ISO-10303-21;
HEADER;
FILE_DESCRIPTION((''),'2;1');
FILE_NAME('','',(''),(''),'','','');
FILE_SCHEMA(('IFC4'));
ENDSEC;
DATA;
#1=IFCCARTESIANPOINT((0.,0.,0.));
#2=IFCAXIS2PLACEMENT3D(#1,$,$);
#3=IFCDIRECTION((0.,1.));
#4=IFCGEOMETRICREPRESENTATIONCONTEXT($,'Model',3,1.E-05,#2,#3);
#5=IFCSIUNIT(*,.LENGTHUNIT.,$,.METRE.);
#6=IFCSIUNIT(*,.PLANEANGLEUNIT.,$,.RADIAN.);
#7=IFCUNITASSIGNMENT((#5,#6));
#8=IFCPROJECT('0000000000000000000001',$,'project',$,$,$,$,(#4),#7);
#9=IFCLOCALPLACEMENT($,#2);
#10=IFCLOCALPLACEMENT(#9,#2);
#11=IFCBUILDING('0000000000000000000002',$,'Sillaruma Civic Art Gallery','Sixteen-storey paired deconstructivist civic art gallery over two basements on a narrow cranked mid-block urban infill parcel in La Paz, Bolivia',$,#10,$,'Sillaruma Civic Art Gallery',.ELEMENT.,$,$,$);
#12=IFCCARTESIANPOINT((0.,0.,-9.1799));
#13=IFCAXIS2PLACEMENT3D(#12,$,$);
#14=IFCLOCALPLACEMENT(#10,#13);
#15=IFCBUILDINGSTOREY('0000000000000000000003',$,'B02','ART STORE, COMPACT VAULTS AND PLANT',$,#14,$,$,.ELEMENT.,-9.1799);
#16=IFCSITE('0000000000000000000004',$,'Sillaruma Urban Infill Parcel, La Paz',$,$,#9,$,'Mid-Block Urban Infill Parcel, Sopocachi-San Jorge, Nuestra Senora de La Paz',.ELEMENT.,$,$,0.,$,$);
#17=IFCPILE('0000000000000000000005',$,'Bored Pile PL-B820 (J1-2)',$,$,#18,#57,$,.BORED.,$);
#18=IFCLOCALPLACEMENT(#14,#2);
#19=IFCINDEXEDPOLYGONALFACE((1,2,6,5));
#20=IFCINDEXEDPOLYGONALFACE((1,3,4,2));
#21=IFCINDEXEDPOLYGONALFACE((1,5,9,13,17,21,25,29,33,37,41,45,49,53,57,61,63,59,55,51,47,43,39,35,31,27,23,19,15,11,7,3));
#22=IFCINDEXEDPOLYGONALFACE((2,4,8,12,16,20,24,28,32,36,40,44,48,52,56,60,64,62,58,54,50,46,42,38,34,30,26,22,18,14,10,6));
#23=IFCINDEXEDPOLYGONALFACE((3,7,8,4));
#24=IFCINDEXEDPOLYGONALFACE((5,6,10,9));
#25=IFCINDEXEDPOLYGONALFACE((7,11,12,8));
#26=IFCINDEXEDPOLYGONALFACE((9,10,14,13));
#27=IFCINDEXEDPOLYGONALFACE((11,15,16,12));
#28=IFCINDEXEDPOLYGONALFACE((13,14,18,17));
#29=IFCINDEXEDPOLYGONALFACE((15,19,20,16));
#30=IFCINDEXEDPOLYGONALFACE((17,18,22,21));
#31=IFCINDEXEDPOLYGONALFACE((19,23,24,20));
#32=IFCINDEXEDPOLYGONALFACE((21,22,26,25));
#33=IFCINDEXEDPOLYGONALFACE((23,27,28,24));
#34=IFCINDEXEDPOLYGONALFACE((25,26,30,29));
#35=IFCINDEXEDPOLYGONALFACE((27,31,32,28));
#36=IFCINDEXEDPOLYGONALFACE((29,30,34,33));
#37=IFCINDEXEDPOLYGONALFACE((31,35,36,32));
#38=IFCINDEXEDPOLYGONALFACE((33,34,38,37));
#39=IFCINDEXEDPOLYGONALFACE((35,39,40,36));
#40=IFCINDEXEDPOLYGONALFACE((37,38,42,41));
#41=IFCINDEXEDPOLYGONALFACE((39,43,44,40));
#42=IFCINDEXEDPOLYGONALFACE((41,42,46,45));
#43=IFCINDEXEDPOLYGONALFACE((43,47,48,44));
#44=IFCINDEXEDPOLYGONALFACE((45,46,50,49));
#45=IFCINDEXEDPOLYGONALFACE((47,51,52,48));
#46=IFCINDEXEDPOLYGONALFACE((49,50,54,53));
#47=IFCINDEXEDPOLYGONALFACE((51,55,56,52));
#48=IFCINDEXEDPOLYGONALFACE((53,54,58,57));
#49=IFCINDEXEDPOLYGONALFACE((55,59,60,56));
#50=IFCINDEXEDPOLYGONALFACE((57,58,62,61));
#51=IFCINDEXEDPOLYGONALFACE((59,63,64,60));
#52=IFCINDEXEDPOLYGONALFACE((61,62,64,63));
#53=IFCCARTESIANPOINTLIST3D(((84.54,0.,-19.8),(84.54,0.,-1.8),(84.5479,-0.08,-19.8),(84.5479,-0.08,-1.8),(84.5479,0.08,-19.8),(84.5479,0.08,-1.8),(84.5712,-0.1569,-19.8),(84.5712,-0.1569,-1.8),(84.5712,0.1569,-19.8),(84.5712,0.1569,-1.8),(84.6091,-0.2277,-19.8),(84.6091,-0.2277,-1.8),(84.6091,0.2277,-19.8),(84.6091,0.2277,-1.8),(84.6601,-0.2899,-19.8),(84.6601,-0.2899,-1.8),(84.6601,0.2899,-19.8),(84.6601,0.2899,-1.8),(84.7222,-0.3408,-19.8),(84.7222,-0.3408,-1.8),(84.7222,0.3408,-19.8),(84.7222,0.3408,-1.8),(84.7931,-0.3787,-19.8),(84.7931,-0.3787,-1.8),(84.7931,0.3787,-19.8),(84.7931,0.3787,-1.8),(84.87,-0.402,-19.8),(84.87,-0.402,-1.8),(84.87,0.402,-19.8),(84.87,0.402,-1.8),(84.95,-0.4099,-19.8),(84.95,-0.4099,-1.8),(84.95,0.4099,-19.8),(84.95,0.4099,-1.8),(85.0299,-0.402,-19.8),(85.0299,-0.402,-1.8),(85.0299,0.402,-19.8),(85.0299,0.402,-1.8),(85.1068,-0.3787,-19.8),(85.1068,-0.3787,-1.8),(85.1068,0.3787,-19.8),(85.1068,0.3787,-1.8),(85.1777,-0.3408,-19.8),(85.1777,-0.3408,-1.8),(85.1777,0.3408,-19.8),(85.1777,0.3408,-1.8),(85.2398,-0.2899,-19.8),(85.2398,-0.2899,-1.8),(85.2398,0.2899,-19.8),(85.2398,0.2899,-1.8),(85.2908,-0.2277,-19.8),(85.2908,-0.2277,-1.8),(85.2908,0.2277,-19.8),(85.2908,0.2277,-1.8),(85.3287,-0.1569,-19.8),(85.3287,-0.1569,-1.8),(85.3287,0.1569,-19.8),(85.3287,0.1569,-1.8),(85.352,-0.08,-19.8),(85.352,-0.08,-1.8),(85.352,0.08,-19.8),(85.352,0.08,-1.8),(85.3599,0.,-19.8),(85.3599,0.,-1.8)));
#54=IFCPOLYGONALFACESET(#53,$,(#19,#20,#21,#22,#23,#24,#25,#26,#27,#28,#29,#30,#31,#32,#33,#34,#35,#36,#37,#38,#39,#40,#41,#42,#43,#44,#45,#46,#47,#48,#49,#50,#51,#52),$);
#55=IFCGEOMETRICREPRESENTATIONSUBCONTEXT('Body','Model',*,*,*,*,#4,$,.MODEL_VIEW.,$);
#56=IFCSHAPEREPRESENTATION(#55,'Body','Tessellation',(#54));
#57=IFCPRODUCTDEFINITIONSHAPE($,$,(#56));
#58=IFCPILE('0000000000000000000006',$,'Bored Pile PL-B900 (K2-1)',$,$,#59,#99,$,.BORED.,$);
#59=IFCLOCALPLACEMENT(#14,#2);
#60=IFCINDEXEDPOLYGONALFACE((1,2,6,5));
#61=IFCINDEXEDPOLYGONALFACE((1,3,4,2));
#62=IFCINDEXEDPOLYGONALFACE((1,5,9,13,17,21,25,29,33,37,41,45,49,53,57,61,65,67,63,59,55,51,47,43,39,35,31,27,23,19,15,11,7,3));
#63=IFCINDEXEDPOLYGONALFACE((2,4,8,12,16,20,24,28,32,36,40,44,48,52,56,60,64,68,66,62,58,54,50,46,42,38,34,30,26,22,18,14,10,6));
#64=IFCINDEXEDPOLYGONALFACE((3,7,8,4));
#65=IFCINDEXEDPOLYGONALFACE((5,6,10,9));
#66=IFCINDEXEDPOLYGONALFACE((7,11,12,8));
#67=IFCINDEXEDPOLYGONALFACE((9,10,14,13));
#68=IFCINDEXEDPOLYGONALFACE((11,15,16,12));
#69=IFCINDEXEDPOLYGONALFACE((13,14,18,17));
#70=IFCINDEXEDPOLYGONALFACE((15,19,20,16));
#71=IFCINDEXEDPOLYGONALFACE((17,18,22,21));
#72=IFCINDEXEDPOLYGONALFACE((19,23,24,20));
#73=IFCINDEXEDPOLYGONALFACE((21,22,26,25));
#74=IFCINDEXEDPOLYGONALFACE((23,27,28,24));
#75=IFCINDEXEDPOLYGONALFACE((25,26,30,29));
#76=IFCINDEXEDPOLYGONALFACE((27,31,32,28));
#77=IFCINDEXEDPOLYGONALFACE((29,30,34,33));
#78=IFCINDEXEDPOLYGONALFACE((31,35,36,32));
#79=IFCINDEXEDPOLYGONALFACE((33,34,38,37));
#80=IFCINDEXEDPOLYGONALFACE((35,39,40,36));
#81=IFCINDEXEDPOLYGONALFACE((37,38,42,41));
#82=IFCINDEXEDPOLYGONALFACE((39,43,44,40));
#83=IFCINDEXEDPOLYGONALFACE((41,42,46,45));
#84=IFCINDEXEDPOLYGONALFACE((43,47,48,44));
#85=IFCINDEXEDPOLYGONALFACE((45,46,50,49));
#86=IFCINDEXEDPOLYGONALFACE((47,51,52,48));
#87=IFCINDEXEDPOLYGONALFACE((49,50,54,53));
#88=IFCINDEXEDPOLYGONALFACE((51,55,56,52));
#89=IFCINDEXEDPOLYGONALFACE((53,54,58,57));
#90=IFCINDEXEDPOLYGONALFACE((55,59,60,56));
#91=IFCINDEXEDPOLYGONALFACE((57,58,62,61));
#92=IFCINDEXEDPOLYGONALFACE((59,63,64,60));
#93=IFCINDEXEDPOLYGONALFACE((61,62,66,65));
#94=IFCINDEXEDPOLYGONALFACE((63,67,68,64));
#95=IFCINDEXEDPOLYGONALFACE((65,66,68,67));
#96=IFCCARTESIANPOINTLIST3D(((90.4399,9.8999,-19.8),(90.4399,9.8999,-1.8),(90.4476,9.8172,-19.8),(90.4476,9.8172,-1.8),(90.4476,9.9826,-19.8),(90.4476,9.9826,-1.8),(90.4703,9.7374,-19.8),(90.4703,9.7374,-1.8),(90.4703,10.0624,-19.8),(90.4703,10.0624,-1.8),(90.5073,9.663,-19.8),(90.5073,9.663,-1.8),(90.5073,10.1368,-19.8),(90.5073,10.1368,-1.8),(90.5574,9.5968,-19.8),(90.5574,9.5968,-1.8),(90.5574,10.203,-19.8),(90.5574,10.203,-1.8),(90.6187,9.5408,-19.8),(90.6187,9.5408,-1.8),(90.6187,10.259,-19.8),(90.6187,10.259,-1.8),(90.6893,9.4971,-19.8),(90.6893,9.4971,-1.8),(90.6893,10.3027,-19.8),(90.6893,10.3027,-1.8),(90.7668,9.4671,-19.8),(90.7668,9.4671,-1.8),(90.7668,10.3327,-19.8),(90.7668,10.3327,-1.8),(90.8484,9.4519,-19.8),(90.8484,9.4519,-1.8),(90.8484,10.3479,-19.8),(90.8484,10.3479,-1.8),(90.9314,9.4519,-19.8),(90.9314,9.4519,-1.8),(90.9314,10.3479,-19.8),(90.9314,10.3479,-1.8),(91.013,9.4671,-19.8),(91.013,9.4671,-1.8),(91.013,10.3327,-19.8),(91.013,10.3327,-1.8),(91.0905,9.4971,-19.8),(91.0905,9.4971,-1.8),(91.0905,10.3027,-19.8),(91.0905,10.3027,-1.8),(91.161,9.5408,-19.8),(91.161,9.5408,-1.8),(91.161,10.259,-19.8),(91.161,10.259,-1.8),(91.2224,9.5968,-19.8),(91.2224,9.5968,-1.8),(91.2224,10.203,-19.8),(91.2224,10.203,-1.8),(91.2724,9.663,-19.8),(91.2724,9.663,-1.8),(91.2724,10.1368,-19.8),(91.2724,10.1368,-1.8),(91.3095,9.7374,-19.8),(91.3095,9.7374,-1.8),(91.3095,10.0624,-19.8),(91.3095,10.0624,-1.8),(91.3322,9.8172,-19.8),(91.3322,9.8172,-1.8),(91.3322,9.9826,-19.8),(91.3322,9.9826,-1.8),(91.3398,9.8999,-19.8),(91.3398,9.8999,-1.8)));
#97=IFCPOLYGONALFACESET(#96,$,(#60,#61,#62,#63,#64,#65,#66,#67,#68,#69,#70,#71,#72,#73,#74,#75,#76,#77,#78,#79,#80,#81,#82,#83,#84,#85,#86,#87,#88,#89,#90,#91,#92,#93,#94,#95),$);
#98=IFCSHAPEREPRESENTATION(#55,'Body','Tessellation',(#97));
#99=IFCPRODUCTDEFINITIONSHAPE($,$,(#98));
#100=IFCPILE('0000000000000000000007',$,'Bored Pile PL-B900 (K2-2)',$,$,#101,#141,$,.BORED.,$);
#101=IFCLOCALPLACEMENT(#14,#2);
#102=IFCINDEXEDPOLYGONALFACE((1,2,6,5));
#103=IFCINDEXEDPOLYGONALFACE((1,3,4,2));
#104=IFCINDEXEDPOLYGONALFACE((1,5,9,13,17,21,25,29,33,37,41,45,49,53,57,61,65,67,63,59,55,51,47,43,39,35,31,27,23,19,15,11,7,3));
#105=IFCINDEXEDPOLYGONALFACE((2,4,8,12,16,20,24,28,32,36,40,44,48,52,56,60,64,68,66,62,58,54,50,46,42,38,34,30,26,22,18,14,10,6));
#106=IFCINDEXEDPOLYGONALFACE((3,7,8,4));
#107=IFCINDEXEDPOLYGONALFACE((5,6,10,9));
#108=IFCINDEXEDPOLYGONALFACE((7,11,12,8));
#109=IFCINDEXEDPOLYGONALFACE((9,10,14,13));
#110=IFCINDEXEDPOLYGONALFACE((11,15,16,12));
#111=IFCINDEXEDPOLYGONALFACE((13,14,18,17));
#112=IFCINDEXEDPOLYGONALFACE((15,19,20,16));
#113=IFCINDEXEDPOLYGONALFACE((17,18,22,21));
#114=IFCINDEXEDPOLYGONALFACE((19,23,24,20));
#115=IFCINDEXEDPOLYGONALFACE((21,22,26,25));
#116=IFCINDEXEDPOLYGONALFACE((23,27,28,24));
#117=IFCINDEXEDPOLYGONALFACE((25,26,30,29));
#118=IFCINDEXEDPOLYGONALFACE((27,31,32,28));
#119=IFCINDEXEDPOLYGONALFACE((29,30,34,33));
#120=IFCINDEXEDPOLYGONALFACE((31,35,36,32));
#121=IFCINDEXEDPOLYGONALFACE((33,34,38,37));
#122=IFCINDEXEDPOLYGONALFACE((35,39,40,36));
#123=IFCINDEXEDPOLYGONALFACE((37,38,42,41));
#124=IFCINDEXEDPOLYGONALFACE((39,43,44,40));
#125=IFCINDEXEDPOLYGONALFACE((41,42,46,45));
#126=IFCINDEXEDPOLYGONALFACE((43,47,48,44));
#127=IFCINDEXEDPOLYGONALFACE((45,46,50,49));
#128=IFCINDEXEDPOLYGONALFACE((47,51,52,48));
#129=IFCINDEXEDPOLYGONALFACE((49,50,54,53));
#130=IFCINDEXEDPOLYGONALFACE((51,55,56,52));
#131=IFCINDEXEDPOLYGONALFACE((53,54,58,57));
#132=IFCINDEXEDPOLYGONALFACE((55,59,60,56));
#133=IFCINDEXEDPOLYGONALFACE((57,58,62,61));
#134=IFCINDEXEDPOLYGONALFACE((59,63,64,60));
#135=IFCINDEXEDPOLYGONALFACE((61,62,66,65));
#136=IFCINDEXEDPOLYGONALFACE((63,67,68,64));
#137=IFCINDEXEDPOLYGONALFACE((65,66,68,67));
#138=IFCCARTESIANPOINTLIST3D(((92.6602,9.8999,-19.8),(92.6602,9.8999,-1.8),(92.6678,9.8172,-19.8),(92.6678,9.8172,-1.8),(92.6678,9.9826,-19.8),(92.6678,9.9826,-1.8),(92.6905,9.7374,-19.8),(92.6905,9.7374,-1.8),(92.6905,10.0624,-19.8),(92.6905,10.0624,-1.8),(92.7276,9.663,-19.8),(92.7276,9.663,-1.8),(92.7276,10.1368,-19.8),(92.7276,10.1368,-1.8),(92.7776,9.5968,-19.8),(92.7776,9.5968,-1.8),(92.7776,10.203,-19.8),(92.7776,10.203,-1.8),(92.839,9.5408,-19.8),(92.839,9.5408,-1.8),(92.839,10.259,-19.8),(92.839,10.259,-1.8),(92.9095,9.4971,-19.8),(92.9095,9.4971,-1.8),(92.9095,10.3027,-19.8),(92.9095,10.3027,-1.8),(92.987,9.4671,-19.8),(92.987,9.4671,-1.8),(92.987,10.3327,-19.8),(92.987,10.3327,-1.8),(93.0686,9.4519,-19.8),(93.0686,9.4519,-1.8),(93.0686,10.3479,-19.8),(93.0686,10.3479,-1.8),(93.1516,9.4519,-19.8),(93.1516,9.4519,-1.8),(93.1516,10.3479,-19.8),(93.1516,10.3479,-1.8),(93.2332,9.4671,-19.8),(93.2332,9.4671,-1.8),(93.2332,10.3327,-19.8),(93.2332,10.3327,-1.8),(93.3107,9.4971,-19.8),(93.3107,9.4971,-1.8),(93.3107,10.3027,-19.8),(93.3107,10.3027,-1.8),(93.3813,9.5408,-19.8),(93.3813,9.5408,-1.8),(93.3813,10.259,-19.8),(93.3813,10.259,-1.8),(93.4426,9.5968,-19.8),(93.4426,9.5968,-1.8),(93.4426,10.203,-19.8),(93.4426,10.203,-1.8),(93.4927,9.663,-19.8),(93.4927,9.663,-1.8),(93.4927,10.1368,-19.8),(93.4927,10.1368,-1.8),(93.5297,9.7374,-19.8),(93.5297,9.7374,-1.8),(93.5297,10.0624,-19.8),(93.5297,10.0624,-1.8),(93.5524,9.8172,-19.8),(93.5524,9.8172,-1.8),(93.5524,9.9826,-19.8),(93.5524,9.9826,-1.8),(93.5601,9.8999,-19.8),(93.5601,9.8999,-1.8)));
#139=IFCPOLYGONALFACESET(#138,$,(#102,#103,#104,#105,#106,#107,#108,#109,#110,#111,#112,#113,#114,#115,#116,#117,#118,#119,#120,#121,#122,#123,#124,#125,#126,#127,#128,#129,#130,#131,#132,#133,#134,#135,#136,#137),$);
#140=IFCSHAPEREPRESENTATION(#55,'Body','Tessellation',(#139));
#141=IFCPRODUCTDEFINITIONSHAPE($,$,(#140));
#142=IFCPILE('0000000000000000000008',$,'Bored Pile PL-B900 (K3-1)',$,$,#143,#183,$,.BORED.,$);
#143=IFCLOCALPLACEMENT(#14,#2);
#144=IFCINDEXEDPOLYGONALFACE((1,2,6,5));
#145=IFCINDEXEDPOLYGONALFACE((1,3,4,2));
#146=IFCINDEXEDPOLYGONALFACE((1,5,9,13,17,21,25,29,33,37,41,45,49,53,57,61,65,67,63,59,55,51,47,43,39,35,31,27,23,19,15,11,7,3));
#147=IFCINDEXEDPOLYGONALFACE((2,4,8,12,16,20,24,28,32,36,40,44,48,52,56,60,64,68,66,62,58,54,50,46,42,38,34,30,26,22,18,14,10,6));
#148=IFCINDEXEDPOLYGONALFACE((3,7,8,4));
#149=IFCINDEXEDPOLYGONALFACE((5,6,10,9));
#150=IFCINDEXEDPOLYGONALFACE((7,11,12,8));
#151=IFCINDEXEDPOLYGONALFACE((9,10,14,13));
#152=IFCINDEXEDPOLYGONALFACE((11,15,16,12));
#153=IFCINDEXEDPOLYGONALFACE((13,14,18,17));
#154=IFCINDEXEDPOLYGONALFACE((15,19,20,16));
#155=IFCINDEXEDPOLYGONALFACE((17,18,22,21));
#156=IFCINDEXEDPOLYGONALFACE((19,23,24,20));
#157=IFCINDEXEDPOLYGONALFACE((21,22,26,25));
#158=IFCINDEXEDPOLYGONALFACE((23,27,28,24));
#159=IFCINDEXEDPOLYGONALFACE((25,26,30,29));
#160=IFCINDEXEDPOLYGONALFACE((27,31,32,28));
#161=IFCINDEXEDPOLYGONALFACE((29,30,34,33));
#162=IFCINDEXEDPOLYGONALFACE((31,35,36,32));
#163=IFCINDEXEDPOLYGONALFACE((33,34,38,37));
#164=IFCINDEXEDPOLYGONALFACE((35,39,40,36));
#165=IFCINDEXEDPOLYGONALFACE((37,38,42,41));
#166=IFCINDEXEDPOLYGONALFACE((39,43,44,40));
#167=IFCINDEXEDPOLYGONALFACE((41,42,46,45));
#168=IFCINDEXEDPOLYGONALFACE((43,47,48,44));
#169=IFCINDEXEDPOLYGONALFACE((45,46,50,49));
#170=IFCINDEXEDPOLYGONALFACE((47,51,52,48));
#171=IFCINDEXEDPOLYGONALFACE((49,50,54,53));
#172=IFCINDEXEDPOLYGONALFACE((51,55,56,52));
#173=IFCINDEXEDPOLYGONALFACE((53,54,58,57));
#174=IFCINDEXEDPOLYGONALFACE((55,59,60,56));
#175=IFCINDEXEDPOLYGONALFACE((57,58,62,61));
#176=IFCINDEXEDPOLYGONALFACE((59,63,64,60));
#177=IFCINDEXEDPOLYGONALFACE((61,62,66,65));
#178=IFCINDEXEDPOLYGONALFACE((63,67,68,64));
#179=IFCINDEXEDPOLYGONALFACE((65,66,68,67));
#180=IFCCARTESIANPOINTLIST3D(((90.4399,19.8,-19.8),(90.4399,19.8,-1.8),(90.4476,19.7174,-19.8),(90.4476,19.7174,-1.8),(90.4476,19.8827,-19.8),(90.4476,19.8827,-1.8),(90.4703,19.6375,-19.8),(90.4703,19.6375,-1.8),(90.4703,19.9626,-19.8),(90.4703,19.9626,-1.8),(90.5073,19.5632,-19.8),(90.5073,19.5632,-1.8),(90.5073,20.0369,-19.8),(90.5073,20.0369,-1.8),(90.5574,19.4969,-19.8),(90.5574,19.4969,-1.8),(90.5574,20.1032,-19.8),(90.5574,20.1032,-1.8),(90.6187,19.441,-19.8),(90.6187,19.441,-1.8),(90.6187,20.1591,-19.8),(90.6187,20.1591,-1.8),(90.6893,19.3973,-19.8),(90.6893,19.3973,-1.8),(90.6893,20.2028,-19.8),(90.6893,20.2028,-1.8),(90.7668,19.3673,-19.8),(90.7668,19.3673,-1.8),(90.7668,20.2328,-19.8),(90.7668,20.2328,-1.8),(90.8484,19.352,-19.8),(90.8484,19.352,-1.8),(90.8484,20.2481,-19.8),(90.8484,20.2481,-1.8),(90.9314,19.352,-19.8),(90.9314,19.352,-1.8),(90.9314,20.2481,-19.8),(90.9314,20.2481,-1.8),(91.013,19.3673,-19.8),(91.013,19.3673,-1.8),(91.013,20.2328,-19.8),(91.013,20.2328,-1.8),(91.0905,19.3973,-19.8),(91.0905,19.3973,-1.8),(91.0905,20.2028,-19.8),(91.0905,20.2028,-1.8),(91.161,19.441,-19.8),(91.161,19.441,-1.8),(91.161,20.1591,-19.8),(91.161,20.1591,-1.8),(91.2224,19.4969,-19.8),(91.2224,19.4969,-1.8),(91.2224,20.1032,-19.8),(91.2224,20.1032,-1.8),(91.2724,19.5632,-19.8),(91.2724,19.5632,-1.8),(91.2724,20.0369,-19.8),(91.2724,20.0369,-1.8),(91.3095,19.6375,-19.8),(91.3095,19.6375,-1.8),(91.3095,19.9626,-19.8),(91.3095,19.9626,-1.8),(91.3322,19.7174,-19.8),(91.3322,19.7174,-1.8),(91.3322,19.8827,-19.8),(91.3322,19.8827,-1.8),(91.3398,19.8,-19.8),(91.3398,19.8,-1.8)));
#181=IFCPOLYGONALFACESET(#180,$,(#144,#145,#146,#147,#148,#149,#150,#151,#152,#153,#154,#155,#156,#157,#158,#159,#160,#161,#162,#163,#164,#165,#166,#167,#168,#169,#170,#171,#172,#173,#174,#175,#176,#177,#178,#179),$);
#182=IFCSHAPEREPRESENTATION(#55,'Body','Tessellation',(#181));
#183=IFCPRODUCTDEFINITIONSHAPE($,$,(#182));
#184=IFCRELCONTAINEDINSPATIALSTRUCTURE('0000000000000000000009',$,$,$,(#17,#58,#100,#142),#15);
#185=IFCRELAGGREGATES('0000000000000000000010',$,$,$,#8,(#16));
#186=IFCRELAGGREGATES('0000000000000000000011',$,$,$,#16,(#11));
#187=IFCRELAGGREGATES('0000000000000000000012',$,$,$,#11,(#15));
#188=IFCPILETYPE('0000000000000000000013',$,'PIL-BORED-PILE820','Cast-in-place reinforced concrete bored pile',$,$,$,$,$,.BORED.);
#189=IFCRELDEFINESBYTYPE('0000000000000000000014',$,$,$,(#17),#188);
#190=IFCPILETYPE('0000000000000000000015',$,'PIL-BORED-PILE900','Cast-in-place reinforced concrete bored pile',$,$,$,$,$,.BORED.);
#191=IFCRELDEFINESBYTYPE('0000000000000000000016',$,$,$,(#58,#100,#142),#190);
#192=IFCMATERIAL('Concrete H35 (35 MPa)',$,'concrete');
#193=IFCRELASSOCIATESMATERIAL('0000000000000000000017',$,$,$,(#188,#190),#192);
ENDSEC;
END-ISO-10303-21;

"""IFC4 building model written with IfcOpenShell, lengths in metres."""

from ifc_helpers import new_model, si_unit, direction, frame, origin, origin_2d, place, context, subcontext, project, spatial, circle, extrude, material, material_profile, profile_set, type_object, element, save


model = new_model("IFC4")

# Units and contexts
model_context = context("Model", 3, precision=1e-05, world=origin(), true_north=direction((0.0, 1.0)))
body_context = subcontext(model_context, "Body", "Model", "MODEL_VIEW")
ifc_project = project(units=[si_unit("LENGTHUNIT", "METRE"), si_unit("PLANEANGLEUNIT", "RADIAN")], contexts=[model_context])

# Site, building, storey
site_placement = place(None, origin())
site = spatial("IfcSite", under=ifc_project, at=site_placement, Name="Sillaruma Urban Infill Parcel, La Paz", LongName="Mid-Block Urban Infill Parcel, Sopocachi-San Jorge, Nuestra Senora de La Paz", CompositionType="ELEMENT", RefElevation=0.0)
building_placement = place(site_placement, origin())
building = spatial("IfcBuilding", under=site, at=building_placement, Name="Sillaruma Civic Art Gallery", Description="Sixteen-storey paired deconstructivist civic art gallery over two basements on a narrow cranked mid-block urban infill parcel in La Paz, Bolivia", LongName="Sillaruma Civic Art Gallery", CompositionType="ELEMENT")
storey_placement = place(building_placement, frame((0.0, 0.0, -9.1799)))
storey = spatial("IfcBuildingStorey", under=building, at=storey_placement, Name="B02", Description="ART STORE, COMPACT VAULTS AND PLANT", CompositionType="ELEMENT", Elevation=-9.1799)

# Shared definitions
ifc_material_1 = material(Name="Concrete H35 (35 MPa)", Category="concrete")

# Piles
ifc_material_profile_1 = material_profile(ifc_material_1, circle(Radius=0.4099, at=origin_2d()), Name="PILE820")
ifc_profile_set_1 = profile_set([ifc_material_profile_1], Name="Concrete H35 (35 MPa)")
pile_type_1 = type_object("IfcPileType", Name="PIL-BORED-PILE820", Description="Cast-in-place reinforced concrete bored pile", PredefinedType="BORED", material=ifc_profile_set_1)
pile_1_placement = place(storey_placement, frame((84.95, 0.0, -1.8), z_axis=(0.0, 0.0, -1.0), x_axis=(1.0, 0.0, 0.0)))
element("IfcPile", 1, at=pile_1_placement, inside=storey, type_object=pile_type_1, Name="Bored Pile PL-B820 (J1-2)", PredefinedType="BORED", context=body_context, shape_type="SweptSolid", body=[
    extrude(circle(Radius=0.4099, at=origin_2d()), origin(), (0.0, 0.0, 1.0), 18.0),
])
ifc_material_profile_2 = material_profile(ifc_material_1, circle(Radius=0.45, at=origin_2d()), Name="PILE900")
ifc_profile_set_2 = profile_set([ifc_material_profile_2], Name="Concrete H35 (35 MPa)")
pile_type_2 = type_object("IfcPileType", Name="PIL-BORED-PILE900", Description="Cast-in-place reinforced concrete bored pile", PredefinedType="BORED", material=ifc_profile_set_2)
for number, where, z_axis, x_axis, name in (
    (2, (90.8899, 9.8999, -1.8), (0.0, 0.0, -1.0), (1.0, 0.0, 0.0), "Bored Pile PL-B900 (K2-1)"),
    (3, (93.1101, 9.8999, -1.8), (0.0, 0.0, -1.0), (1.0, 0.0, 0.0), "Bored Pile PL-B900 (K2-2)"),
    (4, (90.8899, 19.8, -1.8), (0.0, 0.0, -1.0), (1.0, 0.0, 0.0), "Bored Pile PL-B900 (K3-1)"),
):
    element("IfcPile", number, at=place(storey_placement, frame(where, z_axis=z_axis, x_axis=x_axis)), inside=storey, type_object=pile_type_2, Name=name, PredefinedType="BORED", context=body_context, shape_type="SweptSolid", body=[
        extrude(circle(Radius=0.45, at=origin_2d()), origin(), (0.0, 0.0, 1.0), 18.0),
    ])

save(model, "model.ifc")
